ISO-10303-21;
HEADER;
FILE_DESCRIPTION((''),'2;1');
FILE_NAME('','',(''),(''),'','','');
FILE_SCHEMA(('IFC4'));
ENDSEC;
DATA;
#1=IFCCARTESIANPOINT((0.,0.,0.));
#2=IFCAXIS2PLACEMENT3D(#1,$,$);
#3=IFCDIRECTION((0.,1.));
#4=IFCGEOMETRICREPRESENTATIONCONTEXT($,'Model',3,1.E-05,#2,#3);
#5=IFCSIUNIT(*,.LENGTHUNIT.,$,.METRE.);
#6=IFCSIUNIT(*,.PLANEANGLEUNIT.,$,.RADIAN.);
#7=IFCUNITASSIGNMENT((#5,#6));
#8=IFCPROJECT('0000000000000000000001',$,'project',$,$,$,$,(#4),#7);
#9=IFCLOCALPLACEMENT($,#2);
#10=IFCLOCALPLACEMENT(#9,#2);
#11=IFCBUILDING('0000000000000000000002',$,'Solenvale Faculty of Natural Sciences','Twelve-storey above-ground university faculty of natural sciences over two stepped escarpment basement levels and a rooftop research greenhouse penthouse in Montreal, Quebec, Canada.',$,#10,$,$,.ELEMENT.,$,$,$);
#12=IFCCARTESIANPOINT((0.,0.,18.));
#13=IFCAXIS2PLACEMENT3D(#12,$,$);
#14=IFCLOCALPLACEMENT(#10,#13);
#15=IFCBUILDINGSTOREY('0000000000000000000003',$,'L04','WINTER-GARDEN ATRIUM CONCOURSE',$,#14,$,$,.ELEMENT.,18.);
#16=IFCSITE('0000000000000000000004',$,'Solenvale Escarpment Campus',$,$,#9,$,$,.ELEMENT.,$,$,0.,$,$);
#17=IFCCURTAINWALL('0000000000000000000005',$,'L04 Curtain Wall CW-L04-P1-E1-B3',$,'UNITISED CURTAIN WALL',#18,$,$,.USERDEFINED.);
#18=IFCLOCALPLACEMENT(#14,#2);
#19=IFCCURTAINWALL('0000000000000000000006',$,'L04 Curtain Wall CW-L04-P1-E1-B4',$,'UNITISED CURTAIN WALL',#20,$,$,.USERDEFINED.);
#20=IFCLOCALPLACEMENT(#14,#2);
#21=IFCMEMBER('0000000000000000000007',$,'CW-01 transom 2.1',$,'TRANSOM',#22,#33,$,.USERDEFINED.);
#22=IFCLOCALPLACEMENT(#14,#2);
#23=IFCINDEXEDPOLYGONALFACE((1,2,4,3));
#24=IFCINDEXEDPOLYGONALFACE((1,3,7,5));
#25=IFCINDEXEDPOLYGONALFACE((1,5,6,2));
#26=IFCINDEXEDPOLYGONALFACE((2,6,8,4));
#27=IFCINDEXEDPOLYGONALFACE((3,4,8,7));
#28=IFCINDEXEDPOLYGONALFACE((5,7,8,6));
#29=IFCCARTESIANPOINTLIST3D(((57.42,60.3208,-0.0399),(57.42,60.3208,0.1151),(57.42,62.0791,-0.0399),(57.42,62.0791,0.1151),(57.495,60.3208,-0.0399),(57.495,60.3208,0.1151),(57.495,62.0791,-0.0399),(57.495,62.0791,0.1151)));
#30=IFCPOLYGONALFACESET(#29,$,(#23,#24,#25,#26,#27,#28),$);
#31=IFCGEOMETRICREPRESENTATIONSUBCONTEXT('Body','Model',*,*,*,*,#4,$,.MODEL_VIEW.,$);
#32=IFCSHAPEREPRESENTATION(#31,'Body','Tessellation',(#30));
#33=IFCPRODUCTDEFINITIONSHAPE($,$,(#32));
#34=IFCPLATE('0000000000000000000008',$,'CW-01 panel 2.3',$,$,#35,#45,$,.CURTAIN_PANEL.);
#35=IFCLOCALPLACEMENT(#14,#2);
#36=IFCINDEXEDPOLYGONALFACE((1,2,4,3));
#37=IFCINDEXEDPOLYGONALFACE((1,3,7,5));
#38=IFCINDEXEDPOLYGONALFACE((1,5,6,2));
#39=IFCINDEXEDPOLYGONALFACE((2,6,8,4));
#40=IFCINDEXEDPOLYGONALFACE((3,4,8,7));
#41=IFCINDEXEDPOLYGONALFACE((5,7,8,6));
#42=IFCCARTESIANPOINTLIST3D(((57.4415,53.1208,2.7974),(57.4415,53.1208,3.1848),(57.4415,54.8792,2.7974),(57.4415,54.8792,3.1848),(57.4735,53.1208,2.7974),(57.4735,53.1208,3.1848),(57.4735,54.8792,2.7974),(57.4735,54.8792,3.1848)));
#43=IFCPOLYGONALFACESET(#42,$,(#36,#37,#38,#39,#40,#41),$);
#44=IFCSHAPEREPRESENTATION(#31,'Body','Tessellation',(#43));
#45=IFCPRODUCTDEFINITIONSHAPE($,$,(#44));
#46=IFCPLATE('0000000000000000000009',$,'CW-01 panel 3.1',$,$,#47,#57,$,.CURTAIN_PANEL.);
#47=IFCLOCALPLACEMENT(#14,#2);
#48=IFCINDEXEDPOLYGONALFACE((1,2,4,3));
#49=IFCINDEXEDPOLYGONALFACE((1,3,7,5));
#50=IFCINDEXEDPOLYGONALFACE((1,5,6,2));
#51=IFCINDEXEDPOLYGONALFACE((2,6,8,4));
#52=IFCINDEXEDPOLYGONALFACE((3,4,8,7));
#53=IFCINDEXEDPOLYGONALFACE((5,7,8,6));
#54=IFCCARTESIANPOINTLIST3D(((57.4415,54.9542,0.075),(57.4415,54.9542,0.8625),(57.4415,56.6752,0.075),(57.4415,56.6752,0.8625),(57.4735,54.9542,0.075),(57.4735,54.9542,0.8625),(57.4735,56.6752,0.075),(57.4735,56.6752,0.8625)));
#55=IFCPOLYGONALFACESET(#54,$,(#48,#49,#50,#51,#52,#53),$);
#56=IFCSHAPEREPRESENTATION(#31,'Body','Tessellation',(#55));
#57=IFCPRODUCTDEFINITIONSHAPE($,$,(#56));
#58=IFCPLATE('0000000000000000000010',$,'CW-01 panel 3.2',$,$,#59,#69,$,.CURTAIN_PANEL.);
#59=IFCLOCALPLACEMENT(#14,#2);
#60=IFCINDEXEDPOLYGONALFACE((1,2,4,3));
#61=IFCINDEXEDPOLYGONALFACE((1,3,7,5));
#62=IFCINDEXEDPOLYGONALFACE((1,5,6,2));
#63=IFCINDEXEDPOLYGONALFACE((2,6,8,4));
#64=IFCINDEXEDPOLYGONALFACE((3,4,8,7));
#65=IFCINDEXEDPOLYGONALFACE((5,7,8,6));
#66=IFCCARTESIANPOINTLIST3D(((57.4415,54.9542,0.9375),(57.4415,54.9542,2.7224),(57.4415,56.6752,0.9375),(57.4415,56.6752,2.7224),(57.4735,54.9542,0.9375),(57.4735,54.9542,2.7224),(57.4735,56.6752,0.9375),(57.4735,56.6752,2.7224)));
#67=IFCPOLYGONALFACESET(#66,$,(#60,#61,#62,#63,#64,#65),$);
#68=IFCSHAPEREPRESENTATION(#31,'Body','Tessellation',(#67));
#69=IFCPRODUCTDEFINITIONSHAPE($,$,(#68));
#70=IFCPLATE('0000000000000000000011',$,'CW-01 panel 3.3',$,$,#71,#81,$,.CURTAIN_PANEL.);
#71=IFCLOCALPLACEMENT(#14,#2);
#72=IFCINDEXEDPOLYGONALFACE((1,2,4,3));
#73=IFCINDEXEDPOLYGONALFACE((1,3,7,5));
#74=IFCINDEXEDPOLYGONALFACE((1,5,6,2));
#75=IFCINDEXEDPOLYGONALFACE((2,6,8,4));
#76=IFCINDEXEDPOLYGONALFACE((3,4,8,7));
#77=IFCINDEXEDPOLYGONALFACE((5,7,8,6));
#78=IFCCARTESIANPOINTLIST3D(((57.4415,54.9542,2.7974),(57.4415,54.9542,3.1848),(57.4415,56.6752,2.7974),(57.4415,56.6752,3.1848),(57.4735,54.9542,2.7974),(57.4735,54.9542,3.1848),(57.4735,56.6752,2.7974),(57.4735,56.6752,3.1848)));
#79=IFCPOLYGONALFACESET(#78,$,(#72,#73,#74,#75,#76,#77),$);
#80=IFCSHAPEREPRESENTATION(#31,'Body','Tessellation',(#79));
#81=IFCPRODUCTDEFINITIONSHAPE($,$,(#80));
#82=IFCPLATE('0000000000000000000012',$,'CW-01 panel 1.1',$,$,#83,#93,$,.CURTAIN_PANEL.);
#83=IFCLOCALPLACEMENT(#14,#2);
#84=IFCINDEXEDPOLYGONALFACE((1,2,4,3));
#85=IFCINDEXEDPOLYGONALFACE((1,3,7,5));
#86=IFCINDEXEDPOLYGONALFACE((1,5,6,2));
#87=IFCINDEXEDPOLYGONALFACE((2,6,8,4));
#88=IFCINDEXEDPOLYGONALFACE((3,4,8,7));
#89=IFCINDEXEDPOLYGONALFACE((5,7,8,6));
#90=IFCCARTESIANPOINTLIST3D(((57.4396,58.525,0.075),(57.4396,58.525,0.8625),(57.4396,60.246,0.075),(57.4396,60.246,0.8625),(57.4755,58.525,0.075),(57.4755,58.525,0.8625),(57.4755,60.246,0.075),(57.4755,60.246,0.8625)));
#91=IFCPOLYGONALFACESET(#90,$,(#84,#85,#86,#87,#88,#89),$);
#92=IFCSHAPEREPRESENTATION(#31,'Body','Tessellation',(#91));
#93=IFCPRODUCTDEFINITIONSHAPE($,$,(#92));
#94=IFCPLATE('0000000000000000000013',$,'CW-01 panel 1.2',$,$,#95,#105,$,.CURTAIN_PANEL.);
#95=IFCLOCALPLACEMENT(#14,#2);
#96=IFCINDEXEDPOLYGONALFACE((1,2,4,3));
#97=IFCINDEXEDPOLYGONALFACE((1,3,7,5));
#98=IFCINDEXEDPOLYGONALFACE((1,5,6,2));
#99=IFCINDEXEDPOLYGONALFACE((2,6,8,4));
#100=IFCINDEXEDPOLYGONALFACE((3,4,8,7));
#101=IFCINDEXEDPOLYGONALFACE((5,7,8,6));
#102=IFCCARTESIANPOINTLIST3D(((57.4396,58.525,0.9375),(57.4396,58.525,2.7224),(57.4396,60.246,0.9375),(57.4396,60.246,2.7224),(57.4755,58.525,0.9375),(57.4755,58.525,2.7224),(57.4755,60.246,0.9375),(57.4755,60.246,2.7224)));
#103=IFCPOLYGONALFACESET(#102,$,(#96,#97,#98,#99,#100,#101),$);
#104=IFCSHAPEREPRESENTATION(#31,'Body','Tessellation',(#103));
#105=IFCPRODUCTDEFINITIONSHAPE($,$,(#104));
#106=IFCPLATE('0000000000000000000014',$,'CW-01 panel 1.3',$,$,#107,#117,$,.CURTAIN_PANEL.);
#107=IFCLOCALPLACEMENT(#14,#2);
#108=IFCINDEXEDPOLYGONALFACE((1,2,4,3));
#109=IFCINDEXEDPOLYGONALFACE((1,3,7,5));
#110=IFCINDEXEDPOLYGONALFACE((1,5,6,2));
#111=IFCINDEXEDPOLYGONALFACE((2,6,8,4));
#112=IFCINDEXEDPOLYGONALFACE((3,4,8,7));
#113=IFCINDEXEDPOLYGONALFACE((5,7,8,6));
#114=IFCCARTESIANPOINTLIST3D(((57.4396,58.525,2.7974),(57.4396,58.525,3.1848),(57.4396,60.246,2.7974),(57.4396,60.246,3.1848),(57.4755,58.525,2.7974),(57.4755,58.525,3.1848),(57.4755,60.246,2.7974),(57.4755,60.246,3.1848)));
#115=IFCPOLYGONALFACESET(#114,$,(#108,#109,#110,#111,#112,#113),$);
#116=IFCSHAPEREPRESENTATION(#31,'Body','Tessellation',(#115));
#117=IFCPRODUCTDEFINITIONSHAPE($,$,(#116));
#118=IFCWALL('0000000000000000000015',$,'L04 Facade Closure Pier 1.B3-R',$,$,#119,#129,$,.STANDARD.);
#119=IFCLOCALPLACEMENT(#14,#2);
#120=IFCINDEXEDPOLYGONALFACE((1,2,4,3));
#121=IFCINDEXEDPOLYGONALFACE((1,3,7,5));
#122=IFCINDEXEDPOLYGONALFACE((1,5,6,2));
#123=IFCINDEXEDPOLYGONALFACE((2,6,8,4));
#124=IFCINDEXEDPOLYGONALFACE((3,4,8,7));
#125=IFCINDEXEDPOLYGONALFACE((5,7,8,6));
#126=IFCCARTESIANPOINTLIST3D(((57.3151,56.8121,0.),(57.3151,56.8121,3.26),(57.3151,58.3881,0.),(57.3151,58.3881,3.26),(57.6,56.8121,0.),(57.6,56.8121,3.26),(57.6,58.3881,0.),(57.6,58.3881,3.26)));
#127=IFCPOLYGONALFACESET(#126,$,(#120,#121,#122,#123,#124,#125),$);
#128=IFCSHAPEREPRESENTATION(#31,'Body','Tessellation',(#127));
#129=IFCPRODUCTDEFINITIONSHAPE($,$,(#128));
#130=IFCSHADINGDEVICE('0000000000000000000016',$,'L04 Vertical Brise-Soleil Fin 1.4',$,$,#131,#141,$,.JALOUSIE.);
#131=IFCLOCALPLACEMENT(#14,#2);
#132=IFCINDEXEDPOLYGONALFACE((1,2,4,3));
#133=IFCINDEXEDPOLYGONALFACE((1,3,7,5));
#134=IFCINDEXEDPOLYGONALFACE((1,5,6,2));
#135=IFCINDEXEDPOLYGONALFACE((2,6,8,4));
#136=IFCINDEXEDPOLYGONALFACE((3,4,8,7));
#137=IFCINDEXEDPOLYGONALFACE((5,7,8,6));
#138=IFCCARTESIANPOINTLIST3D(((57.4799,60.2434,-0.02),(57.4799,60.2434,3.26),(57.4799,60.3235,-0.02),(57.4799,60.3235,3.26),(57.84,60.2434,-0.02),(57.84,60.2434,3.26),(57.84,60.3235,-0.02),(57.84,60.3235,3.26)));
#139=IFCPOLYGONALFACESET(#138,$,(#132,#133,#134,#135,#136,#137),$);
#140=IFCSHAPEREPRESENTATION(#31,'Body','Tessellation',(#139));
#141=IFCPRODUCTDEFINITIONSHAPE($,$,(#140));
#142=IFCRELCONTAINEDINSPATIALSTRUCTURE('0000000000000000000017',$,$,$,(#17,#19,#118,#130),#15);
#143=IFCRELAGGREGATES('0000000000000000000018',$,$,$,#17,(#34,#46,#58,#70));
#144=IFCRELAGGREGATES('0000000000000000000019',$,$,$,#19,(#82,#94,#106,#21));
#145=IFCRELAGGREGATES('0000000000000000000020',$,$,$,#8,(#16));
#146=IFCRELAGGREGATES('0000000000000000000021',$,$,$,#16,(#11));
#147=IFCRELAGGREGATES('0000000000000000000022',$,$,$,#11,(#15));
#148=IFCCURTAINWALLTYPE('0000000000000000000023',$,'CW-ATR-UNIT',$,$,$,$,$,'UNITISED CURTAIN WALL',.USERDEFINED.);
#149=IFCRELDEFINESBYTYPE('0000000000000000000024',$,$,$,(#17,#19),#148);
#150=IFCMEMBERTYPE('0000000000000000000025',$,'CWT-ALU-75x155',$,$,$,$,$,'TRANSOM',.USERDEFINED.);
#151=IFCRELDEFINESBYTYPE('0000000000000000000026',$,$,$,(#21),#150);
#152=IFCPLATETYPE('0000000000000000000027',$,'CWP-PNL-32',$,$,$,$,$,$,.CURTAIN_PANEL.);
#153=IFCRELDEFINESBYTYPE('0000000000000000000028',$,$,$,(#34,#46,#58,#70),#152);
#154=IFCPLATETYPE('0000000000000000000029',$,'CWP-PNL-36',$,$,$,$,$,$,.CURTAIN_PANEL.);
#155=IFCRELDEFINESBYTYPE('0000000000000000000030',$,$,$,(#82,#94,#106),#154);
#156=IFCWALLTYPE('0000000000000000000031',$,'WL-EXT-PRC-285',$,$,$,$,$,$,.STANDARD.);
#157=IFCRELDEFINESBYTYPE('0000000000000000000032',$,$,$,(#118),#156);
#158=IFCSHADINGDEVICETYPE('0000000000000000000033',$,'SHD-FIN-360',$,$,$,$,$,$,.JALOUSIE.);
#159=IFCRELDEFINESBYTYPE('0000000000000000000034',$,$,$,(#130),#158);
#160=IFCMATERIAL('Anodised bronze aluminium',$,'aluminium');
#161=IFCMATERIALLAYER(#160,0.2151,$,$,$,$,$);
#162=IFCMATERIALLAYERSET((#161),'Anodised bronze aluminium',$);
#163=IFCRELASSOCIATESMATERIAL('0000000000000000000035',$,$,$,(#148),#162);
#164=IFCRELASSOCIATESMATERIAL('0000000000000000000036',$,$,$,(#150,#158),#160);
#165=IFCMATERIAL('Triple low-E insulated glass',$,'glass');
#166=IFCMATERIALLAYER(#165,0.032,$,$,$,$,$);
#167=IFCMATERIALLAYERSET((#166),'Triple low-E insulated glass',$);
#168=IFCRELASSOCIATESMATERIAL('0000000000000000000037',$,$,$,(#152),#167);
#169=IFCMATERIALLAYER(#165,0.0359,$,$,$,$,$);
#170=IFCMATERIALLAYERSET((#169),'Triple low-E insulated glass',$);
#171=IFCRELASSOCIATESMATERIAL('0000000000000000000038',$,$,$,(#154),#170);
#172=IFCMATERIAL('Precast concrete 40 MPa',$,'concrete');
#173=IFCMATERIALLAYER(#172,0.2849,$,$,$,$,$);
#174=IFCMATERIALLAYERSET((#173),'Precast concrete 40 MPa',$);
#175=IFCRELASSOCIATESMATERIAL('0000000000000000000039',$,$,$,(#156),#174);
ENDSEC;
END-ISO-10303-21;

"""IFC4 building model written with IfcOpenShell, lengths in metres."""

from ifc_helpers import new_model, si_unit, direction, frame, frame_2d, origin, origin_2d, place, context, subcontext, project, spatial, rectangle, extrude, material, layer, layer_set, material_profile, profile_set, type_object, element, aggregate, save


model = new_model("IFC4")

# Units and contexts
model_context = context("Model", 3, precision=1e-05, world=origin(), true_north=direction((0.0, 1.0)))
body_context = subcontext(model_context, "Body", "Model", "MODEL_VIEW")
ifc_project = project(units=[si_unit("LENGTHUNIT", "METRE"), si_unit("PLANEANGLEUNIT", "RADIAN")], contexts=[model_context])

# Site, building, storey
site_placement = place(None, origin())
site = spatial("IfcSite", under=ifc_project, at=site_placement, Name="Solenvale Escarpment Campus", CompositionType="ELEMENT", RefElevation=0.0)
building_placement = place(site_placement, origin())
building = spatial("IfcBuilding", under=site, at=building_placement, Name="Solenvale Faculty of Natural Sciences", Description="Twelve-storey above-ground university faculty of natural sciences over two stepped escarpment basement levels and a rooftop research greenhouse penthouse in Montreal, Quebec, Canada.", CompositionType="ELEMENT")
storey_placement = place(building_placement, frame((0.0, 0.0, 18.0)))
storey = spatial("IfcBuildingStorey", under=building, at=storey_placement, Name="L04", Description="WINTER-GARDEN ATRIUM CONCOURSE", CompositionType="ELEMENT", Elevation=18.0)

# Curtain walls
ifc_material_1 = material(Name="Anodised bronze aluminium", Category="aluminium")
ifc_layer_1 = layer(ifc_material_1, 0.2151)
ifc_layer_set_1 = layer_set([ifc_layer_1], Name="Anodised bronze aluminium")
curtain_wall_type = type_object("IfcCurtainWallType", Name="CW-ATR-UNIT", ElementType="UNITISED CURTAIN WALL", PredefinedType="USERDEFINED", material=ifc_layer_set_1)
curtain_wall_1_placement = place(storey_placement, origin())
curtain_wall_1 = element("IfcCurtainWall", 1, at=curtain_wall_1_placement, inside=storey, type_object=curtain_wall_type, Name="L04 Curtain Wall CW-L04-P1-E1-B3", ObjectType="UNITISED CURTAIN WALL", PredefinedType="USERDEFINED")
curtain_wall_2_placement = place(storey_placement, origin())
curtain_wall_2 = element("IfcCurtainWall", 2, at=curtain_wall_2_placement, inside=storey, type_object=curtain_wall_type, Name="L04 Curtain Wall CW-L04-P1-E1-B4", ObjectType="UNITISED CURTAIN WALL", PredefinedType="USERDEFINED")

# Member
ifc_material_profile_1 = material_profile(ifc_material_1, rectangle(XDim=0.075, YDim=0.155, at=origin_2d()), Name="ALU-TRN-75x155")
ifc_profile_set_1 = profile_set([ifc_material_profile_1], Name="Anodised bronze aluminium")
member_type_1 = type_object("IfcMemberType", Name="CWT-ALU-75x155", ElementType="TRANSOM", PredefinedType="USERDEFINED", material=ifc_profile_set_1)
member_1_placement = place(storey_placement, frame((57.4575, 60.3208, 0.0376), z_axis=(0.0, 1.0, 0.0), x_axis=(-1.0, 0.0, 0.0)))
member_1 = element("IfcMember", 3, at=member_1_placement, type_object=member_type_1, Name="CW-01 transom 2.1", ObjectType="TRANSOM", PredefinedType="USERDEFINED", context=body_context, shape_type="SweptSolid", body=[
    extrude(rectangle(XDim=0.075, YDim=0.155, at=origin_2d()), origin(), (0.0, 0.0, 1.0), 1.7583),
])

# Plates
ifc_material_2 = material(Name="Triple low-E insulated glass", Category="glass")
ifc_layer_2 = layer(ifc_material_2, 0.032)
ifc_layer_set_2 = layer_set([ifc_layer_2], Name="Triple low-E insulated glass")
plate_type_1 = type_object("IfcPlateType", Name="CWP-PNL-32", PredefinedType="CURTAIN_PANEL", material=ifc_layer_set_2)
plate_1_placement = place(storey_placement, frame((57.4575, 54.0, 2.7974), z_axis=(0.0, 0.0, 1.0), x_axis=(0.0, 1.0, 0.0)))
plate_1 = element("IfcPlate", 4, at=plate_1_placement, type_object=plate_type_1, Name="CW-01 panel 2.3", PredefinedType="CURTAIN_PANEL", context=body_context, shape_type="SweptSolid", body=[
    extrude(rectangle(XDim=1.7583, YDim=0.032, at=origin_2d()), origin(), (0.0, 0.0, 1.0), 0.3875),
])
plate_2_placement = place(storey_placement, frame((57.4575, 55.8147, 0.075), z_axis=(0.0, 0.0, 1.0), x_axis=(0.0, 1.0, 0.0)))
plate_2 = element("IfcPlate", 5, at=plate_2_placement, type_object=plate_type_1, Name="CW-01 panel 3.1", PredefinedType="CURTAIN_PANEL", context=body_context, shape_type="SweptSolid", body=[
    extrude(rectangle(XDim=1.7209, YDim=0.032, at=origin_2d()), origin(), (0.0, 0.0, 1.0), 0.7876),
])
plate_3_placement = place(storey_placement, frame((57.4575, 55.8147, 0.9375), z_axis=(0.0, 0.0, 1.0), x_axis=(0.0, 1.0, 0.0)))
plate_3 = element("IfcPlate", 6, at=plate_3_placement, type_object=plate_type_1, Name="CW-01 panel 3.2", PredefinedType="CURTAIN_PANEL", context=body_context, shape_type="SweptSolid", body=[
    extrude(rectangle(XDim=1.7209, YDim=0.032, at=origin_2d()), origin(), (0.0, 0.0, 1.0), 1.7849),
])
plate_4_placement = place(storey_placement, frame((57.4575, 55.8147, 2.7974), z_axis=(0.0, 0.0, 1.0), x_axis=(0.0, 1.0, 0.0)))
plate_4 = element("IfcPlate", 7, at=plate_4_placement, type_object=plate_type_1, Name="CW-01 panel 3.3", PredefinedType="CURTAIN_PANEL", context=body_context, shape_type="SweptSolid", body=[
    extrude(rectangle(XDim=1.7209, YDim=0.032, at=origin_2d()), origin(), (0.0, 0.0, 1.0), 0.3875),
])
aggregate(curtain_wall_1, [plate_1, plate_2, plate_3, plate_4])
ifc_layer_3 = layer(ifc_material_2, 0.0359)
ifc_layer_set_3 = layer_set([ifc_layer_3], Name="Triple low-E insulated glass")
plate_type_2 = type_object("IfcPlateType", Name="CWP-PNL-36", PredefinedType="CURTAIN_PANEL", material=ifc_layer_set_3)
plate_5_placement = place(storey_placement, frame((57.4575, 59.3855, 0.075), z_axis=(0.0, 0.0, 1.0), x_axis=(0.0, 1.0, 0.0)))
plate_5 = element("IfcPlate", 8, at=plate_5_placement, type_object=plate_type_2, Name="CW-01 panel 1.1", PredefinedType="CURTAIN_PANEL", context=body_context, shape_type="SweptSolid", body=[
    extrude(rectangle(XDim=1.7209, YDim=0.0359, at=origin_2d()), origin(), (0.0, 0.0, 1.0), 0.7876),
])
plate_6_placement = place(storey_placement, frame((57.4575, 59.3855, 0.9375), z_axis=(0.0, 0.0, 1.0), x_axis=(0.0, 1.0, 0.0)))
plate_6 = element("IfcPlate", 9, at=plate_6_placement, type_object=plate_type_2, Name="CW-01 panel 1.2", PredefinedType="CURTAIN_PANEL", context=body_context, shape_type="SweptSolid", body=[
    extrude(rectangle(XDim=1.7209, YDim=0.0359, at=origin_2d()), origin(), (0.0, 0.0, 1.0), 1.7849),
])
plate_7_placement = place(storey_placement, frame((57.4575, 59.3855, 2.7974), z_axis=(0.0, 0.0, 1.0), x_axis=(0.0, 1.0, 0.0)))
plate_7 = element("IfcPlate", 10, at=plate_7_placement, type_object=plate_type_2, Name="CW-01 panel 1.3", PredefinedType="CURTAIN_PANEL", context=body_context, shape_type="SweptSolid", body=[
    extrude(rectangle(XDim=1.7209, YDim=0.0359, at=origin_2d()), origin(), (0.0, 0.0, 1.0), 0.3875),
])
aggregate(curtain_wall_2, [plate_5, plate_6, plate_7, member_1])

# Wall
ifc_material_3 = material(Name="Precast concrete 40 MPa", Category="concrete")
ifc_layer_4 = layer(ifc_material_3, 0.2849)
ifc_layer_set_4 = layer_set([ifc_layer_4], Name="Precast concrete 40 MPa")
wall_type = type_object("IfcWallType", Name="WL-EXT-PRC-285", PredefinedType="STANDARD", material=ifc_layer_set_4)
wall_placement = place(storey_placement, frame((57.4575, 56.812, 0.0), z_axis=(0.0, 0.0, 1.0), x_axis=(0.0, 1.0, 0.0)))
element("IfcWall", 11, at=wall_placement, inside=storey, type_object=wall_type, Name="L04 Facade Closure Pier 1.B3-R", PredefinedType="STANDARD", context=body_context, shape_type="SweptSolid", body=[
    extrude(rectangle(XDim=1.5759, YDim=0.2849, at=frame_2d((0.7881, 0.0))), origin(), (0.0, 0.0, 1.0), 3.26),
])

# Shading device
ifc_material_profile_2 = material_profile(ifc_material_1, rectangle(XDim=0.0801, YDim=0.3601, at=origin_2d()), Name="ALU-FIN-80x360")
ifc_profile_set_2 = profile_set([ifc_material_profile_2], Name="Anodised bronze aluminium")
shading_device_type = type_object("IfcShadingDeviceType", Name="SHD-FIN-360", PredefinedType="JALOUSIE", material=ifc_profile_set_2)
shading_device_placement = place(storey_placement, frame((57.6599, 60.2834, -0.02), z_axis=(0.0, 0.0, 1.0), x_axis=(0.0, 1.0, 0.0)))
element("IfcShadingDevice", 12, at=shading_device_placement, inside=storey, type_object=shading_device_type, Name="L04 Vertical Brise-Soleil Fin 1.4", PredefinedType="JALOUSIE", context=body_context, shape_type="SweptSolid", body=[
    extrude(rectangle(XDim=0.0801, YDim=0.3601, at=origin_2d()), origin(), (0.0, 0.0, 1.0), 3.28),
])

save(model, "model.ifc")
